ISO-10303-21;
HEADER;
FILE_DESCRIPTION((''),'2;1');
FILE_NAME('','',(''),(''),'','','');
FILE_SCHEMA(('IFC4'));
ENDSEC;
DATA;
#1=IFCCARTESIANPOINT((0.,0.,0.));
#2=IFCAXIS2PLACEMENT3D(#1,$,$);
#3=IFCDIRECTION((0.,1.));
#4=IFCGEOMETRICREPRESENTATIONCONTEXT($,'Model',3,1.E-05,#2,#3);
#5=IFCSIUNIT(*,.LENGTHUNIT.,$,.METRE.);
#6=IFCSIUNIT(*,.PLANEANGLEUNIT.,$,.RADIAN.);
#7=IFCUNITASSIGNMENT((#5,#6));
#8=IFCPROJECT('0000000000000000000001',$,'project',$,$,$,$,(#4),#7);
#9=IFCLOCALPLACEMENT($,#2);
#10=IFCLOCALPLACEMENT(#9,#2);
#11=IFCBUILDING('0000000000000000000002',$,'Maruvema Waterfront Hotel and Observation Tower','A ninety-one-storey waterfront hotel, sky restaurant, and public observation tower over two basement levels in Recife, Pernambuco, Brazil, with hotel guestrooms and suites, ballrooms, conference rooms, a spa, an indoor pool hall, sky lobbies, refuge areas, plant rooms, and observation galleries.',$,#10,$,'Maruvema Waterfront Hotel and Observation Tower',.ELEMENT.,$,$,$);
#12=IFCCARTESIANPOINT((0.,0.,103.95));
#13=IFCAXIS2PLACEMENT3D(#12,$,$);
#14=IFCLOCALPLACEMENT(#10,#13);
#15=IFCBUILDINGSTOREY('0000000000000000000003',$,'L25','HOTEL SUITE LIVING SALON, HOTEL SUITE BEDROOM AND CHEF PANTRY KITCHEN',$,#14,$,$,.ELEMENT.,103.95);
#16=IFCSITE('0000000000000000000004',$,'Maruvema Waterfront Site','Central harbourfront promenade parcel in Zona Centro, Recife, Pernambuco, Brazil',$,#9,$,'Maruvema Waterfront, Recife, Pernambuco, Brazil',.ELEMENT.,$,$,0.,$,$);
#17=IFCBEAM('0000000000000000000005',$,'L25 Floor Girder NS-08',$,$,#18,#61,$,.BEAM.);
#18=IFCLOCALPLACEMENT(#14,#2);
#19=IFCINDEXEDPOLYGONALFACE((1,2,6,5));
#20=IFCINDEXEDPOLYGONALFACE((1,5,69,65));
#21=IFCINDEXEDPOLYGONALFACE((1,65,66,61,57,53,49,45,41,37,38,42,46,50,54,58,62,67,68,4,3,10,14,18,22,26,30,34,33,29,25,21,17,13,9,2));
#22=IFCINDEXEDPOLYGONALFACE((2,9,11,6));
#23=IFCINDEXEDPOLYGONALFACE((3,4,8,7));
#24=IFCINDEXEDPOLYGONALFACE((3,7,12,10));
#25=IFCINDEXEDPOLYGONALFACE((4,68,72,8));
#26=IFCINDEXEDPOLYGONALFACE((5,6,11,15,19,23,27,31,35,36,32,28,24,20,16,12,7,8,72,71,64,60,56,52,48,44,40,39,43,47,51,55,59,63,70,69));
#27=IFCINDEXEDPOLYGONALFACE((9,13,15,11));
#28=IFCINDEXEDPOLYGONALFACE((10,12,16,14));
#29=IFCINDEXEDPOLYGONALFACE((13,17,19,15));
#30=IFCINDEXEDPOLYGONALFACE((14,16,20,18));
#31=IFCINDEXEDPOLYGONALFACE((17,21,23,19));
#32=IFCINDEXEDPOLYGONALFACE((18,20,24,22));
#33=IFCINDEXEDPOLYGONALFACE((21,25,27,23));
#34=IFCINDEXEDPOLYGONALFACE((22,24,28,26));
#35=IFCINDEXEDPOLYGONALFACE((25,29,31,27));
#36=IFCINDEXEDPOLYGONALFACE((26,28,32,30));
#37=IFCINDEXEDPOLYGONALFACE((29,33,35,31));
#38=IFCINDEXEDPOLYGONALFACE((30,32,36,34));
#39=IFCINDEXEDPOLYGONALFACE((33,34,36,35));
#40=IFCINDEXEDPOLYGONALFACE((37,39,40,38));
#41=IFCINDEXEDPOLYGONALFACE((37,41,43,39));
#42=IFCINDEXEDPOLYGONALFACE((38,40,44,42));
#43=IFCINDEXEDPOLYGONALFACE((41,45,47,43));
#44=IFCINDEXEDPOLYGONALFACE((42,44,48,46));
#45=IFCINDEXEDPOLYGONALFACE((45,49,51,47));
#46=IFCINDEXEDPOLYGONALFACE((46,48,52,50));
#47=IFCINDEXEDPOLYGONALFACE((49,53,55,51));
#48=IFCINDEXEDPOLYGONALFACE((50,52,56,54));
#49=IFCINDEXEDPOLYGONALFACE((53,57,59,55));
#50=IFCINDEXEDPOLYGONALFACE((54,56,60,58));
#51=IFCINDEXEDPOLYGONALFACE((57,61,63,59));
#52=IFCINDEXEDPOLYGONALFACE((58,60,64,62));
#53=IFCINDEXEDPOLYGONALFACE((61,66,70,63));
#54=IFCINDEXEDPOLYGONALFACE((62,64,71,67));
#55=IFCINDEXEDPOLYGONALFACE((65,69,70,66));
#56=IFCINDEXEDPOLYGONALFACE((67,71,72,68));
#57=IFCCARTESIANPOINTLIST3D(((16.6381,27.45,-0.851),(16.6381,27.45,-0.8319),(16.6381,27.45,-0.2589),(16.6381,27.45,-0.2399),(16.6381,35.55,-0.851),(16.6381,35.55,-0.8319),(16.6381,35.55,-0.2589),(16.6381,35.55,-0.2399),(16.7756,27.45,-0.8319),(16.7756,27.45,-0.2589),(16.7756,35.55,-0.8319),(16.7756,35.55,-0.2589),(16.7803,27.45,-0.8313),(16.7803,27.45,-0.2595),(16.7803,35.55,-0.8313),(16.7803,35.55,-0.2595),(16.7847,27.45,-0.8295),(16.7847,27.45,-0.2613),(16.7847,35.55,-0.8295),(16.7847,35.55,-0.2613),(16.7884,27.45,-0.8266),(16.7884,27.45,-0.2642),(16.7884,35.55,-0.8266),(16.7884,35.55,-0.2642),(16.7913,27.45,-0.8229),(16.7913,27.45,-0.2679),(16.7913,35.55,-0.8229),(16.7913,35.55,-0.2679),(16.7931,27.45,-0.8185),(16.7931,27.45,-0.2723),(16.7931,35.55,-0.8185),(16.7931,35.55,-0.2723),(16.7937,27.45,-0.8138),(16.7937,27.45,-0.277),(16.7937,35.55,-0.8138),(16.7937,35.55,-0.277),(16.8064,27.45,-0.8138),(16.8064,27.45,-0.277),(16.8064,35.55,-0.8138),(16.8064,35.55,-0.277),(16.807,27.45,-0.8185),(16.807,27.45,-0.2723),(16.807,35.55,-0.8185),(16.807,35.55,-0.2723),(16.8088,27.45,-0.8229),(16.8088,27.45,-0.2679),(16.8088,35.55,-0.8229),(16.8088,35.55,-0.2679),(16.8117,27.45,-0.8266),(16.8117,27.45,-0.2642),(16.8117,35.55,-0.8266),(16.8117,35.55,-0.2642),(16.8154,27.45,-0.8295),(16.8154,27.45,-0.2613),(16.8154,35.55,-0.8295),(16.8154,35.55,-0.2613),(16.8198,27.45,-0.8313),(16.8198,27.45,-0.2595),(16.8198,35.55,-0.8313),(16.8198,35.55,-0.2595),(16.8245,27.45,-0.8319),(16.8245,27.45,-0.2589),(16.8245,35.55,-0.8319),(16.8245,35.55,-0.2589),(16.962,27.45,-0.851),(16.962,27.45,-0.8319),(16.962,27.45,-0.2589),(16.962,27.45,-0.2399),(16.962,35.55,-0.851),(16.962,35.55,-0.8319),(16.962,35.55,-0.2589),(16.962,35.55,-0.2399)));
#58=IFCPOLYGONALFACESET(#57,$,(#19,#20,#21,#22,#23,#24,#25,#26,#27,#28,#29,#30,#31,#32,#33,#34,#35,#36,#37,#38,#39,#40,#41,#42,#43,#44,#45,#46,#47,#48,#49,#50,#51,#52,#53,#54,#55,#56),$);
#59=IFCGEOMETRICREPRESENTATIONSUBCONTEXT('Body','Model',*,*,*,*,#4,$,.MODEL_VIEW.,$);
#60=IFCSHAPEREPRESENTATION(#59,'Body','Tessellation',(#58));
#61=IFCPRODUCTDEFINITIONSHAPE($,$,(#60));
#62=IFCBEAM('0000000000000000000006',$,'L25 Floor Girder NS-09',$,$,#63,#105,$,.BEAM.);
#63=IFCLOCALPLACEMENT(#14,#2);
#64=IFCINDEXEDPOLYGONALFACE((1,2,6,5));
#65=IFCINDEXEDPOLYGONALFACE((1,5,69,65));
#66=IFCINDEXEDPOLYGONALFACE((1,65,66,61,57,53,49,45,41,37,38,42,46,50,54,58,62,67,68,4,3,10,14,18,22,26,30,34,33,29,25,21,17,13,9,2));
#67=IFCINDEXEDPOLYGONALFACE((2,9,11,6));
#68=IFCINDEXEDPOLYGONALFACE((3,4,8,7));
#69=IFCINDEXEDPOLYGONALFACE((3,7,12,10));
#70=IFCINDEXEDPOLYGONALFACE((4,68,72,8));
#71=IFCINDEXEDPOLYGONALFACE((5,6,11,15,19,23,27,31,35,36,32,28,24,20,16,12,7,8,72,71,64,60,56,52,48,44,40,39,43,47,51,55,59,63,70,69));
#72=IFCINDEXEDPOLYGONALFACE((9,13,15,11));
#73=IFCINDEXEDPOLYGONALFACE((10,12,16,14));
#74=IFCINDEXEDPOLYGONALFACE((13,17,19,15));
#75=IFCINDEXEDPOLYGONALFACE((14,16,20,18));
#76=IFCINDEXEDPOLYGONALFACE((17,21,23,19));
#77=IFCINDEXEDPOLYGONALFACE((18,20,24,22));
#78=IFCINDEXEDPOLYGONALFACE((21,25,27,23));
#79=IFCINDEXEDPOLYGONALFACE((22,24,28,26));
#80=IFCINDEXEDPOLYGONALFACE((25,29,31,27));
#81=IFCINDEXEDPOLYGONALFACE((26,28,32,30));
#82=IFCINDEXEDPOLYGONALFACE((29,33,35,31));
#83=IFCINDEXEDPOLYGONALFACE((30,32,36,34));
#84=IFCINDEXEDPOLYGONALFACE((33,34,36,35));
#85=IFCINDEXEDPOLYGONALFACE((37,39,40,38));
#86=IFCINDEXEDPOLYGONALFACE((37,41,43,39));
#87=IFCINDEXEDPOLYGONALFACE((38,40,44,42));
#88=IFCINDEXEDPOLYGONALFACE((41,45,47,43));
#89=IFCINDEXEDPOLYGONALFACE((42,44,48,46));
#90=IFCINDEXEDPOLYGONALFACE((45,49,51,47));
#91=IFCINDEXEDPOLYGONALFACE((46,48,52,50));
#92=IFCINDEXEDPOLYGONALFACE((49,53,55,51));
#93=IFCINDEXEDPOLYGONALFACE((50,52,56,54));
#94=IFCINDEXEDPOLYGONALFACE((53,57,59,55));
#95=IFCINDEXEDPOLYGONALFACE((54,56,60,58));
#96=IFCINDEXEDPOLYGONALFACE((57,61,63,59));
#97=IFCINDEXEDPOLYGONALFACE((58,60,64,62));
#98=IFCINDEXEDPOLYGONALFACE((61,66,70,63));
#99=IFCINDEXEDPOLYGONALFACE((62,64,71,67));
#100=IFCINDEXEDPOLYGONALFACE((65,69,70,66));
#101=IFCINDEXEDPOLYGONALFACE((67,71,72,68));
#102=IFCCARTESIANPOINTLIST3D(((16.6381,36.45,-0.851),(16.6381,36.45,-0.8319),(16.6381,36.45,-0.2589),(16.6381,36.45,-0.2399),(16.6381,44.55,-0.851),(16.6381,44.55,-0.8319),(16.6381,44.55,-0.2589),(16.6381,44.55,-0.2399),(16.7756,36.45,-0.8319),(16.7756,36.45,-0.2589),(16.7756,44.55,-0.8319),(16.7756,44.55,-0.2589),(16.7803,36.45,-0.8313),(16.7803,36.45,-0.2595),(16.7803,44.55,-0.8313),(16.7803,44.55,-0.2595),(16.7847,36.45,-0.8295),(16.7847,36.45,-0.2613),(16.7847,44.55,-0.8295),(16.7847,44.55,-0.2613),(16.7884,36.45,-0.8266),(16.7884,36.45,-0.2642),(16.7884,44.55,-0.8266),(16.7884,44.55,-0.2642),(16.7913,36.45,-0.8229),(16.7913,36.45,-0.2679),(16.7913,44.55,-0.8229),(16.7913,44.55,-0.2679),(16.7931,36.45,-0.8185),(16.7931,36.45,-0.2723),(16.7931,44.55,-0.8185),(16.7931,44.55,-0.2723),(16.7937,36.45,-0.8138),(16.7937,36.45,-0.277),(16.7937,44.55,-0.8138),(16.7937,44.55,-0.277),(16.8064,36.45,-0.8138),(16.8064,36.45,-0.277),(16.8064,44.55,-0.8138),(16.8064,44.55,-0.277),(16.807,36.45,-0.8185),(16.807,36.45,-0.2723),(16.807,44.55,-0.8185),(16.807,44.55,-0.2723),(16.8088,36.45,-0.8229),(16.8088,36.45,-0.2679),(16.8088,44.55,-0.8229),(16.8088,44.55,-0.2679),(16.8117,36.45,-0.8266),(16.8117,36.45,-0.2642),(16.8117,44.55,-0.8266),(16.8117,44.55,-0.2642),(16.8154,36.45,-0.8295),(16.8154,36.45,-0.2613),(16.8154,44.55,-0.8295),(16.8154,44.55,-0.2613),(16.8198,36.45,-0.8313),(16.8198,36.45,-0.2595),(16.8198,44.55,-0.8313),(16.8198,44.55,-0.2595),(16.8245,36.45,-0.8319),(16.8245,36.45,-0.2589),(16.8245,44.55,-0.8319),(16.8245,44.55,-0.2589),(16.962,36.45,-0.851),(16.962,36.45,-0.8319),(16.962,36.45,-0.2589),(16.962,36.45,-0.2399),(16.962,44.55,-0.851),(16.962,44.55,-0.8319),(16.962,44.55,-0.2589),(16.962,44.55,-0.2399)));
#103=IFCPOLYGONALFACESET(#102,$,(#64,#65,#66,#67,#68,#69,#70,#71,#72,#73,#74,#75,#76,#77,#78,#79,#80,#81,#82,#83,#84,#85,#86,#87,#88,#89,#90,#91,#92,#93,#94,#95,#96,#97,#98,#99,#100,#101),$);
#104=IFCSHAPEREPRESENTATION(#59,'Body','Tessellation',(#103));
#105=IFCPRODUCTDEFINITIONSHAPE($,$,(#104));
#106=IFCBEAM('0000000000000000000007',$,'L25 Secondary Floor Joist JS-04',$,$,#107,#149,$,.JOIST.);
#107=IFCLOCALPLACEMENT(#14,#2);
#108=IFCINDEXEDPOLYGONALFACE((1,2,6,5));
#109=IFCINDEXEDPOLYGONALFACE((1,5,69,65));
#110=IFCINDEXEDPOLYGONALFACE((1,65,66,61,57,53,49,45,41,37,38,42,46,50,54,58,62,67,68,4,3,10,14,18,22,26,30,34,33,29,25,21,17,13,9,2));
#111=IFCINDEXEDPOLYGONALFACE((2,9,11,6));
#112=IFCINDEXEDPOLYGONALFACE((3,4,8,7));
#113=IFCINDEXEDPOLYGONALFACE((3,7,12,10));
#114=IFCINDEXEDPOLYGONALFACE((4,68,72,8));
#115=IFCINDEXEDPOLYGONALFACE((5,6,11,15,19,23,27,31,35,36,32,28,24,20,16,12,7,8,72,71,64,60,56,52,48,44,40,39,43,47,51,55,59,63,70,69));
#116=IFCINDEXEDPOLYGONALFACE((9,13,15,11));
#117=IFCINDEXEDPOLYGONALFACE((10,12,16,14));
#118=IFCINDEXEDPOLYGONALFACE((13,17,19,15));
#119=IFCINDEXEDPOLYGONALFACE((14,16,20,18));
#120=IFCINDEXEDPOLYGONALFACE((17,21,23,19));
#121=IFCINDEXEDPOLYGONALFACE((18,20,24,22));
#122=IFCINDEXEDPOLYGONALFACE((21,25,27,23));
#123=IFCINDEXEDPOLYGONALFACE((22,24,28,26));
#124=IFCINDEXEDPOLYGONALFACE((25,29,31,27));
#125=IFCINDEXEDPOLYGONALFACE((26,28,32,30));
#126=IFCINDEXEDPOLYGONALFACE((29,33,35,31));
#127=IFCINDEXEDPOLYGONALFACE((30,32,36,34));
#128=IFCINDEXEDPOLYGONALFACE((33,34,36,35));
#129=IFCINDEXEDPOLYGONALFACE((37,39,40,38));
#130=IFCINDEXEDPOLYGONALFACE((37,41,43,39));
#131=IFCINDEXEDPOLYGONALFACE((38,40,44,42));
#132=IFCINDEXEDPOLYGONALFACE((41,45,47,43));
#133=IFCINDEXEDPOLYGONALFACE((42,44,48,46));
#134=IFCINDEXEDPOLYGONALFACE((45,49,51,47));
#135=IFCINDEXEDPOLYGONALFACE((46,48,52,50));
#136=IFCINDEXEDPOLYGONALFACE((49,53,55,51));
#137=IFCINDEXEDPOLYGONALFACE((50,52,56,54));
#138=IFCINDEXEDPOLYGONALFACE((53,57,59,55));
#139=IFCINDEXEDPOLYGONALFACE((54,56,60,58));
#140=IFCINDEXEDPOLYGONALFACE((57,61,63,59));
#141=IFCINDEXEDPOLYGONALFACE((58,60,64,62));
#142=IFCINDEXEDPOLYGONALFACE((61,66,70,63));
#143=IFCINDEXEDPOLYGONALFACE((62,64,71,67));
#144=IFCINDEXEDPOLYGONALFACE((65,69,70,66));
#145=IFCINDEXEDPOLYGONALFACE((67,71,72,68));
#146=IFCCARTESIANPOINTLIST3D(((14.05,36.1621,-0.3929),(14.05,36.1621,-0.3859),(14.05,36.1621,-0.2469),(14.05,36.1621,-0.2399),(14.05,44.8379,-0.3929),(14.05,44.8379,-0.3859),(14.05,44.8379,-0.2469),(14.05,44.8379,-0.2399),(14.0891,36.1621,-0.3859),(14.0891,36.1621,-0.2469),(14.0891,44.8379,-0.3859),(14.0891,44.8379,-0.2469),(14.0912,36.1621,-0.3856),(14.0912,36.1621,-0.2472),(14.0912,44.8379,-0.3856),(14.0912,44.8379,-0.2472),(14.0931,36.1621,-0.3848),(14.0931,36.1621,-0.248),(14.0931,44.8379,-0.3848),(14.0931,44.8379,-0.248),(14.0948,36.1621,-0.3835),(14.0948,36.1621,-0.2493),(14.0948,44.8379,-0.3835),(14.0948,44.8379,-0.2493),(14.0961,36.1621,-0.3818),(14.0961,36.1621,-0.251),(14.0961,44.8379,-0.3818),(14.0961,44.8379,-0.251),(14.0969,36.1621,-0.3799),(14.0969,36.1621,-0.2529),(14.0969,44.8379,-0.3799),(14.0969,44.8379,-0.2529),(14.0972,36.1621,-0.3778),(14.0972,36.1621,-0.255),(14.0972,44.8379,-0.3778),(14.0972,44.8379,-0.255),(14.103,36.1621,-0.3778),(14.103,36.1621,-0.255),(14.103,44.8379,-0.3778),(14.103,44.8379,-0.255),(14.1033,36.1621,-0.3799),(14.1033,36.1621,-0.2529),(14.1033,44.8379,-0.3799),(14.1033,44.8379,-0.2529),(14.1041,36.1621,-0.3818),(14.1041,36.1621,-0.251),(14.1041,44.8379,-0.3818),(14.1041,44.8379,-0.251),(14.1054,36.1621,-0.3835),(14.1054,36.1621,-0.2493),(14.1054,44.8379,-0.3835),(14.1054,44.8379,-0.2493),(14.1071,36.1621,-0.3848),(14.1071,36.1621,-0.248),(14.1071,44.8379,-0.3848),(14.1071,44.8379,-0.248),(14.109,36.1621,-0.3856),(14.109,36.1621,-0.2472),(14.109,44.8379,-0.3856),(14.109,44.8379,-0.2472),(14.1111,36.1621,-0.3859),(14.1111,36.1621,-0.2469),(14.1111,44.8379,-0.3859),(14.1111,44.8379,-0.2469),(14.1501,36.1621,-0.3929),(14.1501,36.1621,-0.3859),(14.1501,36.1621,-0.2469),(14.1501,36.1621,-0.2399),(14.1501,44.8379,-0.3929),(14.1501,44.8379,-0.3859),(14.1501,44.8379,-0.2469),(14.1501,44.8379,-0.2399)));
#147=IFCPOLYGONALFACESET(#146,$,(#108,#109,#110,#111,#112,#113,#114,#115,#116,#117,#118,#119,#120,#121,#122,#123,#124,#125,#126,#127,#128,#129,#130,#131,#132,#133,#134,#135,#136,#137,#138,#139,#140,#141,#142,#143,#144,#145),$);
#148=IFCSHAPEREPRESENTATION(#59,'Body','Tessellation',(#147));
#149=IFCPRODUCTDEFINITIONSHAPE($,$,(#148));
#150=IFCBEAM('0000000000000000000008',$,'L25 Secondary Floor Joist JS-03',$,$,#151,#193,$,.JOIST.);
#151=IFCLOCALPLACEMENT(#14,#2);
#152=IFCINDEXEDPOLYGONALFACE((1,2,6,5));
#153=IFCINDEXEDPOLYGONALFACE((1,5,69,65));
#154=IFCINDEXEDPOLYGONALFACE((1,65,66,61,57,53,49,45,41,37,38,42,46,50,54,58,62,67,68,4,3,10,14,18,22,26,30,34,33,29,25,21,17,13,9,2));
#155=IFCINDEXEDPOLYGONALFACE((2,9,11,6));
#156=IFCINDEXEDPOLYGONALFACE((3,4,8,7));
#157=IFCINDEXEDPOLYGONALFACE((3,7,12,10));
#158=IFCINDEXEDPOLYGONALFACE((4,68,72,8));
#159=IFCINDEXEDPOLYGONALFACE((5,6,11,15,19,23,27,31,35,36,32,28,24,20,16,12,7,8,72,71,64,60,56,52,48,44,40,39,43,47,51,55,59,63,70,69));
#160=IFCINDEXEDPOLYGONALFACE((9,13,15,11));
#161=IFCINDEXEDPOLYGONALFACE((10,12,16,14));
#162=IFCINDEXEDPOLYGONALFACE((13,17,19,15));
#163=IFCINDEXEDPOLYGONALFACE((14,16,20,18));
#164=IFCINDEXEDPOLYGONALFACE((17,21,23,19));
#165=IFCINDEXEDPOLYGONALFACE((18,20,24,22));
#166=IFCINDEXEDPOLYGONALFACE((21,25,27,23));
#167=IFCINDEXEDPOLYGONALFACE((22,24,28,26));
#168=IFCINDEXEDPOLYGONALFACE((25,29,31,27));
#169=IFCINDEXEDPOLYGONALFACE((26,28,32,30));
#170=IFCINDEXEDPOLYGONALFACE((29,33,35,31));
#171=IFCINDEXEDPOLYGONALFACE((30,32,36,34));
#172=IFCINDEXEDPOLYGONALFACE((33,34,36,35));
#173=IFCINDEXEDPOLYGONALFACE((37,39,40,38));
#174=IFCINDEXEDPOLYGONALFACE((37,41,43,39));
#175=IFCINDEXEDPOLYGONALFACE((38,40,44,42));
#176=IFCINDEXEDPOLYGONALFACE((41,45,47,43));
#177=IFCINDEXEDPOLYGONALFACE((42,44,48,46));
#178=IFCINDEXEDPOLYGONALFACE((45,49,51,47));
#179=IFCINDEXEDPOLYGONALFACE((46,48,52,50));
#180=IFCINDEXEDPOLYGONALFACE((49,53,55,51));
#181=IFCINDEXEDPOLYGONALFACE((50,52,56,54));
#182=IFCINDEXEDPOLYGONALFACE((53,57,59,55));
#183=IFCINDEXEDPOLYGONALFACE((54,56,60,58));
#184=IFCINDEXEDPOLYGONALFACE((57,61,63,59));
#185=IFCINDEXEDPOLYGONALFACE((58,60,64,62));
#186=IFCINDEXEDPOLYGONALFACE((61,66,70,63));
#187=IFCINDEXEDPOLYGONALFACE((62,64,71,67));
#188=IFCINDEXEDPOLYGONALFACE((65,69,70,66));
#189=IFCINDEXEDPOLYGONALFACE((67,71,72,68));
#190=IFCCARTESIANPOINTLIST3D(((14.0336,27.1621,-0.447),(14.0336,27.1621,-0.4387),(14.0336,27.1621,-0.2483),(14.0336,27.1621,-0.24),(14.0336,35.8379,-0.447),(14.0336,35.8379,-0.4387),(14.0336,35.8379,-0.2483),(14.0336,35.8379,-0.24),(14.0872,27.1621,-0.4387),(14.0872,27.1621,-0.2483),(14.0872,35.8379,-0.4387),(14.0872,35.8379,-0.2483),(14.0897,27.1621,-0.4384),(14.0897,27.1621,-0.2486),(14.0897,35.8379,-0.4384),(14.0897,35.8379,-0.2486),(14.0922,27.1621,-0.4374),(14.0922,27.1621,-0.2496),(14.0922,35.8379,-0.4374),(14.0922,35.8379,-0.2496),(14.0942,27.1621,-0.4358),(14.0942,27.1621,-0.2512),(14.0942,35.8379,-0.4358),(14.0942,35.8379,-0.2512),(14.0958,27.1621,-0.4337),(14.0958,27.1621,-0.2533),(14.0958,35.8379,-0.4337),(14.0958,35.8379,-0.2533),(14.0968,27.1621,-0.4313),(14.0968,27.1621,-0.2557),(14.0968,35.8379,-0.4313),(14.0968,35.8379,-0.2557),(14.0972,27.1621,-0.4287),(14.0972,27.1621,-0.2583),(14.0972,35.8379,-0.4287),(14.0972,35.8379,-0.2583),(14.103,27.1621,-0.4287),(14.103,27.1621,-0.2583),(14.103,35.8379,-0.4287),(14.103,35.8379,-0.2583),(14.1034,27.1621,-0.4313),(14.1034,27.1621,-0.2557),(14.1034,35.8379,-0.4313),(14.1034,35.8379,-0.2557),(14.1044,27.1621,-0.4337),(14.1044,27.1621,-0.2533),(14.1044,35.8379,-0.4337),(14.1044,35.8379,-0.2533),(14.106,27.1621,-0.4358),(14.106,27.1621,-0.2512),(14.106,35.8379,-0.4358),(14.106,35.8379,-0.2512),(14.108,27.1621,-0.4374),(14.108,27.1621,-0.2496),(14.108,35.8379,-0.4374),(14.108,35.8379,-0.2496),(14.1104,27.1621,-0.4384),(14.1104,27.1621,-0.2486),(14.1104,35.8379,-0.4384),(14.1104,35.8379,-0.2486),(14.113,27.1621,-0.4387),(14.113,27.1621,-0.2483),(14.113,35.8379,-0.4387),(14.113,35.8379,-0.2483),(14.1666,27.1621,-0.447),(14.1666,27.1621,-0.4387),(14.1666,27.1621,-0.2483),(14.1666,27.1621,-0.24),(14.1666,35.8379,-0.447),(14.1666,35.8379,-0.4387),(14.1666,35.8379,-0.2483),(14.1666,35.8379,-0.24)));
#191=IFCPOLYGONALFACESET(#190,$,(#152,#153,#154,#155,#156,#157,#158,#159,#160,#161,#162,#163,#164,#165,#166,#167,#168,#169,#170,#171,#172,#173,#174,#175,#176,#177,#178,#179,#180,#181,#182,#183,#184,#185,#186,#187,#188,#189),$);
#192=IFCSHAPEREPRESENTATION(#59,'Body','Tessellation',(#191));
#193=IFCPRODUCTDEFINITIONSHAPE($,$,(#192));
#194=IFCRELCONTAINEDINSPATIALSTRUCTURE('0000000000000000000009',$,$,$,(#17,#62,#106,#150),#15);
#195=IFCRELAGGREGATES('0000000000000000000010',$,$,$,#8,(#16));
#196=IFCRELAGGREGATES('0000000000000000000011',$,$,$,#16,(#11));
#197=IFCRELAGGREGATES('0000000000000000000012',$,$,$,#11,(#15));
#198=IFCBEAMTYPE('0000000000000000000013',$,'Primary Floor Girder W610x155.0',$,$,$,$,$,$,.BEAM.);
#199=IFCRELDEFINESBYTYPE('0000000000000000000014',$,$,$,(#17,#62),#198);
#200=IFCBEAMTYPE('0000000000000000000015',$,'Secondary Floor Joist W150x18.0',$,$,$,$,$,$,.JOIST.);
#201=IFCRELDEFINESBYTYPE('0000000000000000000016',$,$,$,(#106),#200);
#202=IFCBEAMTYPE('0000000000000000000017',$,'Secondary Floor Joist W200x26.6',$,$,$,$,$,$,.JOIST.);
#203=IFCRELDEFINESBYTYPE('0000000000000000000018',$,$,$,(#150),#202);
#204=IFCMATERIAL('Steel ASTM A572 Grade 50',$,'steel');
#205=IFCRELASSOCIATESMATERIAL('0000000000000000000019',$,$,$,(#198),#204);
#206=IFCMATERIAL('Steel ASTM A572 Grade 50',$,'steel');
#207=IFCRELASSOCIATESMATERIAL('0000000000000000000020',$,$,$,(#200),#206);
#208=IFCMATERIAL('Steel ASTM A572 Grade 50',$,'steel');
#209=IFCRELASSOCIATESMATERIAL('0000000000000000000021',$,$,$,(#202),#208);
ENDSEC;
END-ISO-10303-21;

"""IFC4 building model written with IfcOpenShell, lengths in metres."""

from ifc_helpers import new_model, si_unit, direction, frame, origin, origin_2d, place, context, subcontext, project, spatial, i_section, extrude, material, material_profile, profile_set, type_object, element, save


model = new_model("IFC4")

# Units and contexts
model_context = context("Model", 3, precision=1e-05, world=origin(), true_north=direction((0.0, 1.0)))
body_context = subcontext(model_context, "Body", "Model", "MODEL_VIEW")
ifc_project = project(units=[si_unit("LENGTHUNIT", "METRE"), si_unit("PLANEANGLEUNIT", "RADIAN")], contexts=[model_context])

# Site, building, storey
site_placement = place(None, origin())
site = spatial("IfcSite", under=ifc_project, at=site_placement, Name="Maruvema Waterfront Site", Description="Central harbourfront promenade parcel in Zona Centro, Recife, Pernambuco, Brazil", LongName="Maruvema Waterfront, Recife, Pernambuco, Brazil", CompositionType="ELEMENT", RefElevation=0.0)
building_placement = place(site_placement, origin())
building = spatial("IfcBuilding", under=site, at=building_placement, Name="Maruvema Waterfront Hotel and Observation Tower", Description="A ninety-one-storey waterfront hotel, sky restaurant, and public observation tower over two basement levels in Recife, Pernambuco, Brazil, with hotel guestrooms and suites, ballrooms, conference rooms, a spa, an indoor pool hall, sky lobbies, refuge areas, plant rooms, and observation galleries.", LongName="Maruvema Waterfront Hotel and Observation Tower", CompositionType="ELEMENT")
storey_placement = place(building_placement, frame((0.0, 0.0, 103.95)))
storey = spatial("IfcBuildingStorey", under=building, at=storey_placement, Name="L25", Description="HOTEL SUITE LIVING SALON, HOTEL SUITE BEDROOM AND CHEF PANTRY KITCHEN", CompositionType="ELEMENT", Elevation=103.95)

# Beams
ifc_material_1 = material(Name="Steel ASTM A572 Grade 50", Category="steel")
ifc_material_profile_1 = material_profile(ifc_material_1, i_section(OverallWidth=0.324, OverallDepth=0.6111, WebThickness=0.0127, FlangeThickness=0.019, FilletRadius=0.0181, at=origin_2d()), Name="W610x155.0")
ifc_profile_set_1 = profile_set([ifc_material_profile_1], Name="Steel ASTM A572 Grade 50")
beam_type_1 = type_object("IfcBeamType", Name="Primary Floor Girder W610x155.0", PredefinedType="BEAM", material=ifc_profile_set_1)
for number, where, z_axis, x_axis, name in (
    (1, (16.8, 27.45, -0.5454), (0.0, 1.0, 0.0), (-1.0, 0.0, 0.0), "L25 Floor Girder NS-08"),
    (2, (16.8, 36.45, -0.5454), (0.0, 1.0, 0.0), (-1.0, 0.0, 0.0), "L25 Floor Girder NS-09"),
):
    element("IfcBeam", number, at=place(storey_placement, frame(where, z_axis=z_axis, x_axis=x_axis)), inside=storey, type_object=beam_type_1, Name=name, PredefinedType="BEAM", context=body_context, shape_type="SweptSolid", body=[
        extrude(i_section(OverallWidth=0.324, OverallDepth=0.6111, WebThickness=0.0127, FlangeThickness=0.019, FilletRadius=0.0181, at=origin_2d()), origin(), (0.0, 0.0, 1.0), 8.1001),
    ])
ifc_material_2 = material(Name="Steel ASTM A572 Grade 50", Category="steel")
ifc_material_profile_2 = material_profile(ifc_material_2, i_section(OverallWidth=0.1001, OverallDepth=0.1531, WebThickness=0.0059, FlangeThickness=0.0071, FilletRadius=0.0081, at=origin_2d()), Name="W150x18.0")
ifc_profile_set_2 = profile_set([ifc_material_profile_2], Name="Steel ASTM A572 Grade 50")
beam_type_2 = type_object("IfcBeamType", Name="Secondary Floor Joist W150x18.0", PredefinedType="JOIST", material=ifc_profile_set_2)
beam_1_placement = place(storey_placement, frame((14.1001, 36.1621, -0.3164), z_axis=(0.0, 1.0, 0.0), x_axis=(-1.0, 0.0, 0.0)))
element("IfcBeam", 3, at=beam_1_placement, inside=storey, type_object=beam_type_2, Name="L25 Secondary Floor Joist JS-04", PredefinedType="JOIST", context=body_context, shape_type="SweptSolid", body=[
    extrude(i_section(OverallWidth=0.1001, OverallDepth=0.1531, WebThickness=0.0059, FlangeThickness=0.0071, FilletRadius=0.0081, at=origin_2d()), origin(), (0.0, 0.0, 1.0), 8.6758),
])
ifc_material_3 = material(Name="Steel ASTM A572 Grade 50", Category="steel")
ifc_material_profile_3 = material_profile(ifc_material_3, i_section(OverallWidth=0.1331, OverallDepth=0.207, WebThickness=0.0059, FlangeThickness=0.0083, FilletRadius=0.01, at=origin_2d()), Name="W200x26.6")
ifc_profile_set_3 = profile_set([ifc_material_profile_3], Name="Steel ASTM A572 Grade 50")
beam_type_3 = type_object("IfcBeamType", Name="Secondary Floor Joist W200x26.6", PredefinedType="JOIST", material=ifc_profile_set_3)
beam_2_placement = place(storey_placement, frame((14.1001, 27.1621, -0.3435), z_axis=(0.0, 1.0, 0.0), x_axis=(-1.0, 0.0, 0.0)))
element("IfcBeam", 4, at=beam_2_placement, inside=storey, type_object=beam_type_3, Name="L25 Secondary Floor Joist JS-03", PredefinedType="JOIST", context=body_context, shape_type="SweptSolid", body=[
    extrude(i_section(OverallWidth=0.1331, OverallDepth=0.207, WebThickness=0.0059, FlangeThickness=0.0083, FilletRadius=0.01, at=origin_2d()), origin(), (0.0, 0.0, 1.0), 8.6758),
])

save(model, "model.ifc")
